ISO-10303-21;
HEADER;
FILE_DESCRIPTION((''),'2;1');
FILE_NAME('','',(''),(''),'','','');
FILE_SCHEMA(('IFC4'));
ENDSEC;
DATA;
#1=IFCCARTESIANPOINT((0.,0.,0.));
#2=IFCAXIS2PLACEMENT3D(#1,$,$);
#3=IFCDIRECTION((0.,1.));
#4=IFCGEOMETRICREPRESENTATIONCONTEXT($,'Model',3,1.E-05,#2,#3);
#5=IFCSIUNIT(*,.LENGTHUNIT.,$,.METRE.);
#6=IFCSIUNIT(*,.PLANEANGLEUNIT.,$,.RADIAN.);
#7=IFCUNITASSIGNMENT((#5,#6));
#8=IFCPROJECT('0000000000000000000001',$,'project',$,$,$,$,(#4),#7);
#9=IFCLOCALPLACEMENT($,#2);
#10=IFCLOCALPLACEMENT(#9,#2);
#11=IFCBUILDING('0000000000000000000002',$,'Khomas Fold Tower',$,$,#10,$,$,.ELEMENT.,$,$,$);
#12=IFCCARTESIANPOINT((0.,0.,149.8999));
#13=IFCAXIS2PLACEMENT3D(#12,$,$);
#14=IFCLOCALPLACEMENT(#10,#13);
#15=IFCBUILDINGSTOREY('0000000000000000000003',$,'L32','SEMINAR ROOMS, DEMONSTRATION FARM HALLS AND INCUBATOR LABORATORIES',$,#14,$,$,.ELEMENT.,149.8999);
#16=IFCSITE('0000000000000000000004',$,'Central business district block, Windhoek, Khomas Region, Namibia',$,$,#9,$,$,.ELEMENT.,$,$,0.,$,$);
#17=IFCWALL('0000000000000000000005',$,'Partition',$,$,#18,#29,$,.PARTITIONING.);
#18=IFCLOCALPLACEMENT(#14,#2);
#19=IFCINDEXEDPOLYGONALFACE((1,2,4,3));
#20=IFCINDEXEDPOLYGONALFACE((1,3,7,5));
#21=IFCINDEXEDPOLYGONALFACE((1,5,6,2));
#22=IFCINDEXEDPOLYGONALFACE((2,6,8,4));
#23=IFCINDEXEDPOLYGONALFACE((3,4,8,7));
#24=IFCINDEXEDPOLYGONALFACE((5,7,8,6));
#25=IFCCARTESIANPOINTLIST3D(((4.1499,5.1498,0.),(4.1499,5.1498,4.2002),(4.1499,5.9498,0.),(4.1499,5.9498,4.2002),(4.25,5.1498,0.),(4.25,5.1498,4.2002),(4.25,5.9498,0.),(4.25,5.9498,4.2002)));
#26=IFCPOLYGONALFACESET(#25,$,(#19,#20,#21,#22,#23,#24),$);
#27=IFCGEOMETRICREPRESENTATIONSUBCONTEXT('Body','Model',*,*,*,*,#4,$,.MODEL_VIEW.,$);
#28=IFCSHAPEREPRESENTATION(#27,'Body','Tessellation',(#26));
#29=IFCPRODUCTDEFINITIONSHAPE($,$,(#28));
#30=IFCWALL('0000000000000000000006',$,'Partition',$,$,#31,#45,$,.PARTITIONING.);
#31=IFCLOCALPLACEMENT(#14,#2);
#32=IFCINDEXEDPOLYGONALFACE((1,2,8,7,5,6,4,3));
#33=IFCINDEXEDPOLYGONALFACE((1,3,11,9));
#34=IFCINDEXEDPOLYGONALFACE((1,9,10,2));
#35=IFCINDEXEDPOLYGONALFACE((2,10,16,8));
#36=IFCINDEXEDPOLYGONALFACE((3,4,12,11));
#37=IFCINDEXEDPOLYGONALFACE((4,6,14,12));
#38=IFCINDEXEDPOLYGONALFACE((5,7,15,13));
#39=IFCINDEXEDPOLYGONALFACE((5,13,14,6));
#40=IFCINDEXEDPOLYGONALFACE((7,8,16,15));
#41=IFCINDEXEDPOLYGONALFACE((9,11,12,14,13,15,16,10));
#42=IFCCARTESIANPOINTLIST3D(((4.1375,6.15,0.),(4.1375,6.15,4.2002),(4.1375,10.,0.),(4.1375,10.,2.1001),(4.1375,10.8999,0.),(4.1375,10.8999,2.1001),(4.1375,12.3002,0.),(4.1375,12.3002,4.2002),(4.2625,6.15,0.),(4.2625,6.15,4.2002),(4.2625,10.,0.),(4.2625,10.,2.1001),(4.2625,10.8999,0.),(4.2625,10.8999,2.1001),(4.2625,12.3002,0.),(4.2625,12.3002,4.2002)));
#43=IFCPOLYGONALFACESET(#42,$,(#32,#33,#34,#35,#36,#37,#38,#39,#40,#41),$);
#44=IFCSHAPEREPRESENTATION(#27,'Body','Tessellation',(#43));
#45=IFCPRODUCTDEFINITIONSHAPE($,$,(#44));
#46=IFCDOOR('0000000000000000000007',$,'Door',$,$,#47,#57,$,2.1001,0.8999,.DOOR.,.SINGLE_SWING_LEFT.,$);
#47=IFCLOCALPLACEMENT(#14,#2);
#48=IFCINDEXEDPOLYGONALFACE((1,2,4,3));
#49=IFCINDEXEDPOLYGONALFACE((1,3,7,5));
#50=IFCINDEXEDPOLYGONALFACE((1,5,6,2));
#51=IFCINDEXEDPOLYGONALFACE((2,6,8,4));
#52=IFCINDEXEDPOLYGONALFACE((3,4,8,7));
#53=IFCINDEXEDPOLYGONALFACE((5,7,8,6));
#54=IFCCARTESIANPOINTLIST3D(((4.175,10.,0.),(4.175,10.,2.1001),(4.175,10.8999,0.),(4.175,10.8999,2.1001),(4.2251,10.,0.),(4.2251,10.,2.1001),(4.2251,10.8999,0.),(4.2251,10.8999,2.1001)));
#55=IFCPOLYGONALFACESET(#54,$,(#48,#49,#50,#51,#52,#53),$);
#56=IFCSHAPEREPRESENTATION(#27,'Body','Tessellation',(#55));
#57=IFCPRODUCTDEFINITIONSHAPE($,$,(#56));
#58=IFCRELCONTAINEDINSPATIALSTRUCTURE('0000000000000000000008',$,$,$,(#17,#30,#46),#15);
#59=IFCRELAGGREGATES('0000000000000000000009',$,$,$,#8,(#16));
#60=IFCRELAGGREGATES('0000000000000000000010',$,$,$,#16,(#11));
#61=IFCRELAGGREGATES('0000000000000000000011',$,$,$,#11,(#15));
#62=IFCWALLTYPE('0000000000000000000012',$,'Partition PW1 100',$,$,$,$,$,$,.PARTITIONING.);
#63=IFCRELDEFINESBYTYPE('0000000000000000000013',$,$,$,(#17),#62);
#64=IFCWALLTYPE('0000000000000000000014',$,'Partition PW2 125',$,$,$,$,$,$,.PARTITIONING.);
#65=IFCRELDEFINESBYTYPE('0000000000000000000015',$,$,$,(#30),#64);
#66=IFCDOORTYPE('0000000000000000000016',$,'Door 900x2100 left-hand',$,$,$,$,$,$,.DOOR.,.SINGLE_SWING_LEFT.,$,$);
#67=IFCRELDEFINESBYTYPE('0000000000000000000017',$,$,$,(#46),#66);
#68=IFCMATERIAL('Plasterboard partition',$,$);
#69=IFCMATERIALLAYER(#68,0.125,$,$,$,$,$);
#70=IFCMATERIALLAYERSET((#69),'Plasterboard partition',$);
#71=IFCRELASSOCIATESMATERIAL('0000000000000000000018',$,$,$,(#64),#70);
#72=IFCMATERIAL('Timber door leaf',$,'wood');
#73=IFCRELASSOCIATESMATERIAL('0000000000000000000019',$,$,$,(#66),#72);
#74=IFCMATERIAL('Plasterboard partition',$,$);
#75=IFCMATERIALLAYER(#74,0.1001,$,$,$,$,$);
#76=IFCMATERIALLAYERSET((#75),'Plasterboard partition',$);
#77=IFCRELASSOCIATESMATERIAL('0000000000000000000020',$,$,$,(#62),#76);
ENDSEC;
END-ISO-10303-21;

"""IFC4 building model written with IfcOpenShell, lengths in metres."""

from ifc_helpers import new_model, si_unit, direction, frame, frame_2d, origin, place, context, subcontext, project, spatial, rectangle, extrude, source, transform, mapped, material, layer, layer_set, type_object, element, fill, save


model = new_model("IFC4")

# Units and contexts
model_context = context("Model", 3, precision=1e-05, world=origin(), true_north=direction((0.0, 1.0)))
body_context = subcontext(model_context, "Body", "Model", "MODEL_VIEW")
ifc_project = project(units=[si_unit("LENGTHUNIT", "METRE"), si_unit("PLANEANGLEUNIT", "RADIAN")], contexts=[model_context])

# Site, building, storey
site_placement = place(None, origin())
site = spatial("IfcSite", under=ifc_project, at=site_placement, Name="Central business district block, Windhoek, Khomas Region, Namibia", CompositionType="ELEMENT", RefElevation=0.0)
building_placement = place(site_placement, origin())
building = spatial("IfcBuilding", under=site, at=building_placement, Name="Khomas Fold Tower", CompositionType="ELEMENT")
storey_placement = place(building_placement, frame((0.0, 0.0, 149.8999)))
storey = spatial("IfcBuildingStorey", under=building, at=storey_placement, Name="L32", Description="SEMINAR ROOMS, DEMONSTRATION FARM HALLS AND INCUBATOR LABORATORIES", CompositionType="ELEMENT", Elevation=149.8999)

# Shared definitions
ifc_material_1 = material(Name="Plasterboard partition")
ifc_layer_1 = layer(ifc_material_1, 0.125)
ifc_layer_set_1 = layer_set([ifc_layer_1], Name="Plasterboard partition")
wall_type_1 = type_object("IfcWallType", Name="Partition PW2 125", PredefinedType="PARTITIONING", material=ifc_layer_set_1)
shared_shape_1 = source(origin(), body_context, "Body", "SweptSolid", [
    extrude(rectangle(XDim=0.8999, YDim=2.1001, at=frame_2d((0.45, 1.05))), frame((0.0, 0.0725, 0.0), z_axis=(0.0, -1.0, 0.0), x_axis=(1.0, 0.0, 0.0)), (0.0, 0.0, 1.0), 0.145),
])
shared_shape_2 = source(origin(), body_context, "Body", "SweptSolid", [
    extrude(rectangle(XDim=0.8999, YDim=2.1001, at=frame_2d((0.45, 1.05))), frame((0.0, 0.0249, 0.0), z_axis=(0.0, -1.0, 0.0), x_axis=(1.0, 0.0, 0.0)), (0.0, 0.0, 1.0), 0.05),
])
ifc_material_2 = material(Name="Timber door leaf", Category="wood")
door_type_1 = type_object("IfcDoorType", Name="Door 900x2100 left-hand", OperationType="SINGLE_SWING_LEFT", PredefinedType="DOOR", material=ifc_material_2)

# Wall
ifc_material_3 = material(Name="Plasterboard partition")
ifc_layer_2 = layer(ifc_material_3, 0.1001)
ifc_layer_set_2 = layer_set([ifc_layer_2], Name="Plasterboard partition")
wall_type_2 = type_object("IfcWallType", Name="Partition PW1 100", PredefinedType="PARTITIONING", material=ifc_layer_set_2)
shared_shape_3 = source(origin(), body_context, "Body", "SweptSolid", [
    extrude(rectangle(XDim=0.8, YDim=0.1001, at=frame_2d((0.3999, 0.0))), origin(), (0.0, 0.0, 1.0), 4.2002),
])
wall_1_placement = place(storey_placement, frame((4.2, 5.1499, 0.0), z_axis=(0.0, 0.0, 1.0), x_axis=(0.0, 1.0, 0.0)))
element("IfcWall", 1, at=wall_1_placement, inside=storey, type_object=wall_type_2, Name="Partition", PredefinedType="PARTITIONING", context=body_context, shape_type="MappedRepresentation", body=[
    mapped(shared_shape_3, transform((0.0, 0.0, 0.0))),
])

# Wall, opening, door
shared_shape_4 = source(origin(), body_context, "Body", "SweptSolid", [
    extrude(rectangle(XDim=6.1501, YDim=0.125, at=frame_2d((3.0752, 0.0))), origin(), (0.0, 0.0, 1.0), 4.2002),
])
wall_2_placement = place(storey_placement, frame((4.2, 6.1499, 0.0), z_axis=(0.0, 0.0, 1.0), x_axis=(0.0, 1.0, 0.0)))
wall_2 = element("IfcWall", 2, at=wall_2_placement, inside=storey, type_object=wall_type_1, Name="Partition", PredefinedType="PARTITIONING", context=body_context, shape_type="MappedRepresentation", body=[
    mapped(shared_shape_4, transform((0.0, 0.0, 0.0))),
])
opening_1_placement = place(wall_2_placement, frame((3.8501, 0.0, 0.0)))
opening_1 = element("IfcOpeningElement", 3, at=opening_1_placement, cuts=wall_2, PredefinedType="OPENING", context=body_context, shape_type="MappedRepresentation", body=[
    mapped(shared_shape_1, transform((0.0, 0.0, 0.0))),
])
door_1_placement = place(opening_1_placement, origin())
door_1 = element("IfcDoor", 4, at=door_1_placement, inside=storey, type_object=door_type_1, Name="Door", OperationType="SINGLE_SWING_LEFT", OverallHeight=2.1001, OverallWidth=0.8999, PredefinedType="DOOR", context=body_context, shape_type="MappedRepresentation", body=[
    mapped(shared_shape_2, transform((0.0, 0.0, 0.0))),
])
fill(opening_1, door_1)

save(model, "model.ifc")
